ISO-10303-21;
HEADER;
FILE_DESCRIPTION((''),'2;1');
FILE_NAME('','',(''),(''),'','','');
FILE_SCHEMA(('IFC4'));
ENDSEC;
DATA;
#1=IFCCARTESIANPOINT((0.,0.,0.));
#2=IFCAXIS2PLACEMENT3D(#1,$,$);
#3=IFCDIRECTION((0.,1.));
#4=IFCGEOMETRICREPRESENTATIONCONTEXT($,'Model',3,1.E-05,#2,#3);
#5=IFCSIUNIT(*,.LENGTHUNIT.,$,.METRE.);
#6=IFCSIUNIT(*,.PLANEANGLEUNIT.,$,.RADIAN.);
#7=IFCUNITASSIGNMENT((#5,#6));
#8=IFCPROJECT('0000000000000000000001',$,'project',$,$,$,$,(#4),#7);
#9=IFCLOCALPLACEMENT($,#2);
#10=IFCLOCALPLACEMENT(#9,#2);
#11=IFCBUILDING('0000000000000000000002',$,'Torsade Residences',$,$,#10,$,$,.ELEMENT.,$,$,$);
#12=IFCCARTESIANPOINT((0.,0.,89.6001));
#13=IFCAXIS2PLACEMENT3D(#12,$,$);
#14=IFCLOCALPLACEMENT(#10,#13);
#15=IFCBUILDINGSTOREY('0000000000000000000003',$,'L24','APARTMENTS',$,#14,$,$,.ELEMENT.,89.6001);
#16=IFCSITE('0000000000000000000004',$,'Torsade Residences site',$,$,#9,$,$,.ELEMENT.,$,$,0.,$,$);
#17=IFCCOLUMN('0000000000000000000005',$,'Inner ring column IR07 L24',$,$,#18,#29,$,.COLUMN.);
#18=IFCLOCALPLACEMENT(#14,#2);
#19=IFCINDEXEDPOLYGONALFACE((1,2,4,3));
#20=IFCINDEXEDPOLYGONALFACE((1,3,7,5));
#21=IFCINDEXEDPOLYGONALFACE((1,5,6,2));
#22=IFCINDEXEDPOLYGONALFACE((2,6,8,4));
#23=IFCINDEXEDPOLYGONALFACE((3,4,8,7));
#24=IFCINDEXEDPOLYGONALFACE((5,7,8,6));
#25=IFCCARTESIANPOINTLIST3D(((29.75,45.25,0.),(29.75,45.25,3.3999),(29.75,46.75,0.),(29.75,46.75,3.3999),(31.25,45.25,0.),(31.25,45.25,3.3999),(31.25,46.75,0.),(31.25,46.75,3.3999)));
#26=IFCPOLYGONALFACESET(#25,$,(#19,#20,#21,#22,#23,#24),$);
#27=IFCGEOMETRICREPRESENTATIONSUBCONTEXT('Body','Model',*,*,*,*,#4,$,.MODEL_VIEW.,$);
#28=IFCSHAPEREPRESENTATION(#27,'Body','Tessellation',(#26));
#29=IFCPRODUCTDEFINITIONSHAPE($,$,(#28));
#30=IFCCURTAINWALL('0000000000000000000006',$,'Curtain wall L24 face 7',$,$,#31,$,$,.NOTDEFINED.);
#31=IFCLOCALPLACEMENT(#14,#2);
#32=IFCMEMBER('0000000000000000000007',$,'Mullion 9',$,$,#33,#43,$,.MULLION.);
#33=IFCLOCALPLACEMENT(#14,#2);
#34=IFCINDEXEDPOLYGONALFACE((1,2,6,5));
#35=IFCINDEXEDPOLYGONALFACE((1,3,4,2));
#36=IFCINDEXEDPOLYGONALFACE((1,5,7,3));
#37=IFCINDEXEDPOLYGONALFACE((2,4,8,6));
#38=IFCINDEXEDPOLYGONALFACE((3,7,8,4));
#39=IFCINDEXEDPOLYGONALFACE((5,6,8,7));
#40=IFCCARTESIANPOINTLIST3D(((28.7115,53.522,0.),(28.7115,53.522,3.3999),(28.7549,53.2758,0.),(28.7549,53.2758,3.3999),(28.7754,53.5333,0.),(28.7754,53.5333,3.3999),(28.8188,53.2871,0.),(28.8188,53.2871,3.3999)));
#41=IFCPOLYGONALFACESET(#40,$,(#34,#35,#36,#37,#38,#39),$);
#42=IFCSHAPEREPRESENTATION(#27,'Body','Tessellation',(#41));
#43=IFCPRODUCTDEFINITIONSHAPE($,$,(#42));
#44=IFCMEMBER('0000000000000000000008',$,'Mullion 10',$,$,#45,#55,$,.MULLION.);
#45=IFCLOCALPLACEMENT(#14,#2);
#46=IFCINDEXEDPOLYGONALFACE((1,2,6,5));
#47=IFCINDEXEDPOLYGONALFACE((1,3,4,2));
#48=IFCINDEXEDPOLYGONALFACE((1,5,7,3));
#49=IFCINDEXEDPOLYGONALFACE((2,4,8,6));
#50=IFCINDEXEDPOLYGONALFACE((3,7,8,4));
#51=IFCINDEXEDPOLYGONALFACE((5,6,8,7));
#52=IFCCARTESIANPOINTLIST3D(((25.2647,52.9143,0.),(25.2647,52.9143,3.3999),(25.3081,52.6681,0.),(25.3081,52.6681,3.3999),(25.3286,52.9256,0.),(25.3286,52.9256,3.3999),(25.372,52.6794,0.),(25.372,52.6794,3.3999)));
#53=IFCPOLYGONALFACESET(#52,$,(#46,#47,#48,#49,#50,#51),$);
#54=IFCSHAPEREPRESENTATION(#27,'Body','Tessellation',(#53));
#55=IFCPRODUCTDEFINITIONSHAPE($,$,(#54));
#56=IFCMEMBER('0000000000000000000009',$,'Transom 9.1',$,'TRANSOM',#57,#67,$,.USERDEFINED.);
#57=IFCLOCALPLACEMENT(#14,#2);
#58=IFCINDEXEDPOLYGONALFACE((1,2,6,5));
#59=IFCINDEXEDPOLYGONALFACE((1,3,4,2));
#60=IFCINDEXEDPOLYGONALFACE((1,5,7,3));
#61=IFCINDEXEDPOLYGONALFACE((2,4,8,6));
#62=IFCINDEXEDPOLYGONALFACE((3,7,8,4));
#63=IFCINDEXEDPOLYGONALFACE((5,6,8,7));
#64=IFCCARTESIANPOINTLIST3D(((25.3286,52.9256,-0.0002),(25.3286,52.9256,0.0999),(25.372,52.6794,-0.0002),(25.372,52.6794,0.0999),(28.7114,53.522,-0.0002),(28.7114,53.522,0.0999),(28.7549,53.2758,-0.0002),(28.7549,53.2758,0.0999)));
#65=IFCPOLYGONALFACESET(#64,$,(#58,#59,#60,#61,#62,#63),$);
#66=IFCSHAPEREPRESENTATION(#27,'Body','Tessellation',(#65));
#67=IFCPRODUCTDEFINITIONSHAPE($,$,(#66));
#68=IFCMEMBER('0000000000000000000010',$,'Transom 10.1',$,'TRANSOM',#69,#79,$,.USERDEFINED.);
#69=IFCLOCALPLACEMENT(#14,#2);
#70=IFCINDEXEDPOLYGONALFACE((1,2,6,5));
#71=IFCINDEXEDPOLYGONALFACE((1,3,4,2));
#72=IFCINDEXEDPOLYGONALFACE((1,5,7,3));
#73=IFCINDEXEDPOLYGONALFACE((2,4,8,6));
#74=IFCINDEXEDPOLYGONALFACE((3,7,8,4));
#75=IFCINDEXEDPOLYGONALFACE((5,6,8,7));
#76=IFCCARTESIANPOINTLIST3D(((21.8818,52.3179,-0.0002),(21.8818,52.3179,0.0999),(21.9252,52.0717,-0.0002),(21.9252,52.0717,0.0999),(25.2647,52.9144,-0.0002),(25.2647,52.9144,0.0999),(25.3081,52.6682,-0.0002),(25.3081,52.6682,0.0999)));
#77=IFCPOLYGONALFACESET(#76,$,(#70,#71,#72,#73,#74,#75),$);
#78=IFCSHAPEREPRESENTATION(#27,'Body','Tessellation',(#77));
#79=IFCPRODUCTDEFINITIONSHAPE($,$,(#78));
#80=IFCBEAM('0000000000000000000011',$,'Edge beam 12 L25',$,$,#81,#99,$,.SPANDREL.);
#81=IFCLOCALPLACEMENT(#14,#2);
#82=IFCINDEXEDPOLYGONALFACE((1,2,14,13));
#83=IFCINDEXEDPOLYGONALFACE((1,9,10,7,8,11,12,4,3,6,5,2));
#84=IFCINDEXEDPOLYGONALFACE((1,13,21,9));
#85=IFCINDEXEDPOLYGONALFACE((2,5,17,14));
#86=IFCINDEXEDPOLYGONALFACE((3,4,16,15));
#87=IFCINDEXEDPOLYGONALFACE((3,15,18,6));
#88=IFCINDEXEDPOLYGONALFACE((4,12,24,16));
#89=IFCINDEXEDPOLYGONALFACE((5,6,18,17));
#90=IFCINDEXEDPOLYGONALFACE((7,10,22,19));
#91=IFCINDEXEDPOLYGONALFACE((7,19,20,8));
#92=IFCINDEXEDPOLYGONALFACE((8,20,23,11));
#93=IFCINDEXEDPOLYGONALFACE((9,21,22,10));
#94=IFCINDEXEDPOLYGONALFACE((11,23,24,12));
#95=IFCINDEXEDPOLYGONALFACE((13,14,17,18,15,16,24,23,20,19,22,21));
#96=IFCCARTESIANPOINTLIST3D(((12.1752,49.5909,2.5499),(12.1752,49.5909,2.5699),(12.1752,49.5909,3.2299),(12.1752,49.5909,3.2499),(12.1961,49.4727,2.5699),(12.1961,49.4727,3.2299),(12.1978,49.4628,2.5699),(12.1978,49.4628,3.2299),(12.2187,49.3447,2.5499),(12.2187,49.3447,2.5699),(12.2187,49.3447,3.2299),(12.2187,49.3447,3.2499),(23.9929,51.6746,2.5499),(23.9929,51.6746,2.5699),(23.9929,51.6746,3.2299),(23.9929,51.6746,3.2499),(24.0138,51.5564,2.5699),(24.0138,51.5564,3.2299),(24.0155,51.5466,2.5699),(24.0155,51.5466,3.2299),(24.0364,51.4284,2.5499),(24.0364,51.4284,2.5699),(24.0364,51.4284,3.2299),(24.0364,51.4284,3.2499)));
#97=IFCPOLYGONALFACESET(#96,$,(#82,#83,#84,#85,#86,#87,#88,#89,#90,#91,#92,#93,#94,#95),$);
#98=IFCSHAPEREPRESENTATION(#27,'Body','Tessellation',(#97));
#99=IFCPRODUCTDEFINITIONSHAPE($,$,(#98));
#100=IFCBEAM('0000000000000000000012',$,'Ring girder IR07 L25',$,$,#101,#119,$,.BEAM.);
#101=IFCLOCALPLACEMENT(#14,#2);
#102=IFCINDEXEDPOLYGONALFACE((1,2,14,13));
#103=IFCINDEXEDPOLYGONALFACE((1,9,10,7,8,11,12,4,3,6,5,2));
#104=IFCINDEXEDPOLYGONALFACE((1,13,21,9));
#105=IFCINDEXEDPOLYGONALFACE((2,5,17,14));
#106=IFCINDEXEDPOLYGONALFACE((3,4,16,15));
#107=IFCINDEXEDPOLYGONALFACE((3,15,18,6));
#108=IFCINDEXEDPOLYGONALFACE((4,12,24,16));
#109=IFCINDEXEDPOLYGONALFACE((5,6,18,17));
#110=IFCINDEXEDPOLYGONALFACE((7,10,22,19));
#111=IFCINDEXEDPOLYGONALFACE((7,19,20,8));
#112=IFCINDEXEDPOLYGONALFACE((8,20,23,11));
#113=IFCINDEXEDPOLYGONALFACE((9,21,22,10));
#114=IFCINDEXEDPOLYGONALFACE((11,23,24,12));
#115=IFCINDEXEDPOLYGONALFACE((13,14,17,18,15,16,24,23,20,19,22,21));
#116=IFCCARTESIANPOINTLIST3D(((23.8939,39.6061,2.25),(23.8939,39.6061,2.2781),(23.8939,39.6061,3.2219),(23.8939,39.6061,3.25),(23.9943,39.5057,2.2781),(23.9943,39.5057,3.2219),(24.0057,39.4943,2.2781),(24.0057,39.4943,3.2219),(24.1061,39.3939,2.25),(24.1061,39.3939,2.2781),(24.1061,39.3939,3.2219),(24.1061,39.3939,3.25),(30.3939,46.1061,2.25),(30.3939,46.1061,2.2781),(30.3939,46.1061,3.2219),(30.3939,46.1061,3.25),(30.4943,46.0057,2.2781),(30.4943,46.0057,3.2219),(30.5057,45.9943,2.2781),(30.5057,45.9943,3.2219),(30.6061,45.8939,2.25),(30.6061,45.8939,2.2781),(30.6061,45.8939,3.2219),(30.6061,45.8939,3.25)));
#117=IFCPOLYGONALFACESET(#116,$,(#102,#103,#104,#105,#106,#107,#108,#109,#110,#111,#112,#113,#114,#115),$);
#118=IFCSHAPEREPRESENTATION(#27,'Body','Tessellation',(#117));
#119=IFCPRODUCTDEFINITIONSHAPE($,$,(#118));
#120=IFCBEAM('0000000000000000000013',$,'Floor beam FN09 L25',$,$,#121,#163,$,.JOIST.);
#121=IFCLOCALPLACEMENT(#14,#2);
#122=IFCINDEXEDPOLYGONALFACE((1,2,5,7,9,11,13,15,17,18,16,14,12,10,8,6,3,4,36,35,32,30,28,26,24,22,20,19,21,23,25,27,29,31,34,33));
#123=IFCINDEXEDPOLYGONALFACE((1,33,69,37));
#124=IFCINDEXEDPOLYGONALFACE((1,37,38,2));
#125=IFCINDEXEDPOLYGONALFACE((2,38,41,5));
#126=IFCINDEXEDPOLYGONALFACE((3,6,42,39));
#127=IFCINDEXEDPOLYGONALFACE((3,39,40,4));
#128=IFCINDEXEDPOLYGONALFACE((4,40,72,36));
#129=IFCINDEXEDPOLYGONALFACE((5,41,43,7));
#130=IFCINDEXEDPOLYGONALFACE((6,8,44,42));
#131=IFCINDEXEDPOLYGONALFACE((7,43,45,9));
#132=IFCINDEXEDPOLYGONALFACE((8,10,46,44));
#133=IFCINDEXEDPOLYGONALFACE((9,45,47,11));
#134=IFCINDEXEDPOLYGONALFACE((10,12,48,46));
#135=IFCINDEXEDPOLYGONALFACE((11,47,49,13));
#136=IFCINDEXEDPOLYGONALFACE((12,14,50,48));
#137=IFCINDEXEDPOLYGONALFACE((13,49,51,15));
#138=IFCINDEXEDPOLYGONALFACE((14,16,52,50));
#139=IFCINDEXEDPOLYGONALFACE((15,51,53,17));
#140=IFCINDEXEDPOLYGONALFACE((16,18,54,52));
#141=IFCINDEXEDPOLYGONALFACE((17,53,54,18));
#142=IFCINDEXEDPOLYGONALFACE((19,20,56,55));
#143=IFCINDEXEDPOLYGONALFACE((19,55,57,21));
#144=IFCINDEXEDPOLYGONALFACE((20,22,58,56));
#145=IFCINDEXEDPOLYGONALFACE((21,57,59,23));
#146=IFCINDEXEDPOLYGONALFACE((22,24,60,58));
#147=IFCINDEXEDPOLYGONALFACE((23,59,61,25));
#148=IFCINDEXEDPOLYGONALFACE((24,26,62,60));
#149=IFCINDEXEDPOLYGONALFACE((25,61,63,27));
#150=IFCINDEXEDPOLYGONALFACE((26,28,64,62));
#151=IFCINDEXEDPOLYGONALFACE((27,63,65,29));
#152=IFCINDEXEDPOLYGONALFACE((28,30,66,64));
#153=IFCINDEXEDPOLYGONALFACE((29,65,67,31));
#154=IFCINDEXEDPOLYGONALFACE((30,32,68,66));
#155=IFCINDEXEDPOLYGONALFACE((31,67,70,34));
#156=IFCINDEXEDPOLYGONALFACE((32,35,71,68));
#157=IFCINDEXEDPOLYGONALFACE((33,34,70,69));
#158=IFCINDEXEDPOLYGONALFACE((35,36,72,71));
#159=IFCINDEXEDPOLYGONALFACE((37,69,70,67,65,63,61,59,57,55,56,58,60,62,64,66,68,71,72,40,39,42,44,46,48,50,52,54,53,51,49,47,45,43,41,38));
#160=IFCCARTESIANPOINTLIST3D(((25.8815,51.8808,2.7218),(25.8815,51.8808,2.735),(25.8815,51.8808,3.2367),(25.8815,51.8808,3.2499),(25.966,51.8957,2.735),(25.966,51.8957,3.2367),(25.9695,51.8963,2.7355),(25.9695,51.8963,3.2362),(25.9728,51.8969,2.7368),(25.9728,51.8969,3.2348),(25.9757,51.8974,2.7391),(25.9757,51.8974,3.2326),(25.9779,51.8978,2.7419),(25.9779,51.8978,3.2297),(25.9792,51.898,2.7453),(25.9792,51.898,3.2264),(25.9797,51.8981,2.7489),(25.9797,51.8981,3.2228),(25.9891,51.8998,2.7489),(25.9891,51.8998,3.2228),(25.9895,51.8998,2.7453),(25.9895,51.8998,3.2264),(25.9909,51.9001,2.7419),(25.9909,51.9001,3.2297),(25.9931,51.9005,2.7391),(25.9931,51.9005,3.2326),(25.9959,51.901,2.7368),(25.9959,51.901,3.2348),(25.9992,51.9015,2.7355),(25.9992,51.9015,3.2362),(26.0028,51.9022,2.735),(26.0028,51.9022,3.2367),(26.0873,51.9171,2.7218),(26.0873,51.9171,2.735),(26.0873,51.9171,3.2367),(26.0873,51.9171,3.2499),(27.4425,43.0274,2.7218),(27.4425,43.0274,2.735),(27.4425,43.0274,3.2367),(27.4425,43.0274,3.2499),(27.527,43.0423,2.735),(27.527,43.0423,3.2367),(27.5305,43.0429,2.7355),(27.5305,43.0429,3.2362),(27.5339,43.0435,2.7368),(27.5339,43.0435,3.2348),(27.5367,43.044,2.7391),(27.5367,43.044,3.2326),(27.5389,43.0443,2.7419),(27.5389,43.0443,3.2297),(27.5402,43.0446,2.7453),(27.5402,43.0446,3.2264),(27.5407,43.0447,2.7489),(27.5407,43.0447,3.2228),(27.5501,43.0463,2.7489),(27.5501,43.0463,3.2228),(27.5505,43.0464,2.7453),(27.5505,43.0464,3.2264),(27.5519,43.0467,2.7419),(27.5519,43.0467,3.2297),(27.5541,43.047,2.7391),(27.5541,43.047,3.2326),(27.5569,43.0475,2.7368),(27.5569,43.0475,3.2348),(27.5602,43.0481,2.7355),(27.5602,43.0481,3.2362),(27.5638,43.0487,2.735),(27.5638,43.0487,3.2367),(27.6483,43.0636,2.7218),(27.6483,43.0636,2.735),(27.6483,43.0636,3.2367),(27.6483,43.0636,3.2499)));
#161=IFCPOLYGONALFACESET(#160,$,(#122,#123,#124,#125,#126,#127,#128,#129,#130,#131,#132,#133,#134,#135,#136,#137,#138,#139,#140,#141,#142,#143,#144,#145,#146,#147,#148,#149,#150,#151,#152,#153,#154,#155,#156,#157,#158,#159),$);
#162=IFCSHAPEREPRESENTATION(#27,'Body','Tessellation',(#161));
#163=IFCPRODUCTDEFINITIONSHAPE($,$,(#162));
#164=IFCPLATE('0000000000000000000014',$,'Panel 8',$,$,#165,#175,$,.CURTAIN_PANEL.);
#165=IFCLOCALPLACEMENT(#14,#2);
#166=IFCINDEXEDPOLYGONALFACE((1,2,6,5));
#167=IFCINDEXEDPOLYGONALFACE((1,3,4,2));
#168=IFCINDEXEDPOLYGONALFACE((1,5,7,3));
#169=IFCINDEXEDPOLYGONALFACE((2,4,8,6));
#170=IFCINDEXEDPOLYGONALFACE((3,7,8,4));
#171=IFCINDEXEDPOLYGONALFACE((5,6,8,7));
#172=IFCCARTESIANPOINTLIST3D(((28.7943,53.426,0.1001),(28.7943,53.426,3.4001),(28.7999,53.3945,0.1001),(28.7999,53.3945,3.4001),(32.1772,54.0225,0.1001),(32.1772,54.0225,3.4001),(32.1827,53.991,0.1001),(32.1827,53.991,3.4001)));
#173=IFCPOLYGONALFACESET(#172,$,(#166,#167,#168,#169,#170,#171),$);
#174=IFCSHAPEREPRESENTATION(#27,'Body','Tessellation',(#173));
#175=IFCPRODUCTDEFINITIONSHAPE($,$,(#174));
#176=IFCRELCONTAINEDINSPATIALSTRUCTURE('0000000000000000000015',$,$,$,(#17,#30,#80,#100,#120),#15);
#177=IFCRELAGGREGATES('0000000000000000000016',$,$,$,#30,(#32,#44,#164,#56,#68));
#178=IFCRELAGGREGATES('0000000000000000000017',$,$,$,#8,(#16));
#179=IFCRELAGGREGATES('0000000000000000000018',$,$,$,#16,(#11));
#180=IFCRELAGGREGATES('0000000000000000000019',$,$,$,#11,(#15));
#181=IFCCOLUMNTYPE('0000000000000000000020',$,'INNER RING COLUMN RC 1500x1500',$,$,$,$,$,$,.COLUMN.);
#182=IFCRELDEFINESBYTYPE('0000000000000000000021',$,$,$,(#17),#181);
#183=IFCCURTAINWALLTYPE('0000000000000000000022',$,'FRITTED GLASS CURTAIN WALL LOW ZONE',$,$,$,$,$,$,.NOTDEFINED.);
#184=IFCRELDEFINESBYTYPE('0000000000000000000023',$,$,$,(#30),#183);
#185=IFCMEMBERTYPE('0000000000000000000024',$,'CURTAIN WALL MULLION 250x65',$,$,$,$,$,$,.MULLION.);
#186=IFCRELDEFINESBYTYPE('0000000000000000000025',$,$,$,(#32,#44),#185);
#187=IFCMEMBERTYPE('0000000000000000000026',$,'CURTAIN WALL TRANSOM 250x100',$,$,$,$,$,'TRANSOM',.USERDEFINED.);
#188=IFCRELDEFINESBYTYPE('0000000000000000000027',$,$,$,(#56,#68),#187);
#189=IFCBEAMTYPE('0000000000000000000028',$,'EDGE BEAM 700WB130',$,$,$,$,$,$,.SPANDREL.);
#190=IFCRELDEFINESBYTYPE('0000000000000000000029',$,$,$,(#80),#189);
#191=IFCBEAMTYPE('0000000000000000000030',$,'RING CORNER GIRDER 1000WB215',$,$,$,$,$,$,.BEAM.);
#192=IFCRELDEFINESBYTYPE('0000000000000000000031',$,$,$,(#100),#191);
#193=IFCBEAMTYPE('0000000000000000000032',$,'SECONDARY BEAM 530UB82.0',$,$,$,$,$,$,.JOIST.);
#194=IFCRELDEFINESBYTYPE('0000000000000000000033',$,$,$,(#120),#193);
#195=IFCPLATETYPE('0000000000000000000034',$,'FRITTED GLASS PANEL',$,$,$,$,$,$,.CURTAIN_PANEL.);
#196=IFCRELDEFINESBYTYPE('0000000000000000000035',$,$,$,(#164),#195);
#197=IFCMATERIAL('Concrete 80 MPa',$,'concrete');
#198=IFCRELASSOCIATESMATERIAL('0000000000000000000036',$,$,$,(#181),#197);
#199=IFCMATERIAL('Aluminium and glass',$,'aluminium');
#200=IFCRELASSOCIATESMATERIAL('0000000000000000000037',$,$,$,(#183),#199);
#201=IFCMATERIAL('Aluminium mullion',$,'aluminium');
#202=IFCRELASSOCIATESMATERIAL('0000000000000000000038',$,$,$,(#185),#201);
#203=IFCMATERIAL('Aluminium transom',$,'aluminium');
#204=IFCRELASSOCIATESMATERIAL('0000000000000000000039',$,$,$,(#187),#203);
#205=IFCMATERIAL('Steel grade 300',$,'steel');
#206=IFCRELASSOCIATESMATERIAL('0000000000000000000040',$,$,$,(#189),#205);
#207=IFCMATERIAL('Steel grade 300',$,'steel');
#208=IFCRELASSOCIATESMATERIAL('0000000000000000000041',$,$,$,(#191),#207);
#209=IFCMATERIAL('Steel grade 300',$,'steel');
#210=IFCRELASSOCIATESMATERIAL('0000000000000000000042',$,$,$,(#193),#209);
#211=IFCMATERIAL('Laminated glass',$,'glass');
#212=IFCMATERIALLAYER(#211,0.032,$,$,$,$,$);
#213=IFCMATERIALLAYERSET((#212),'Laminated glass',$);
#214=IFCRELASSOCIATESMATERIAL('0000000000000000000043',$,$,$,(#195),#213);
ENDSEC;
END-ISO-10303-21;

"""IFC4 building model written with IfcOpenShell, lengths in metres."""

from ifc_helpers import new_model, si_unit, direction, frame, origin, origin_2d, place, context, subcontext, project, spatial, rectangle, i_section, extrude, material, layer, layer_set, material_profile, profile_set, type_object, element, aggregate, save


model = new_model("IFC4")

# Units and contexts
model_context = context("Model", 3, precision=1e-05, world=origin(), true_north=direction((0.0, 1.0)))
body_context = subcontext(model_context, "Body", "Model", "MODEL_VIEW")
ifc_project = project(units=[si_unit("LENGTHUNIT", "METRE"), si_unit("PLANEANGLEUNIT", "RADIAN")], contexts=[model_context])

# Site, building, storey
site_placement = place(None, origin())
site = spatial("IfcSite", under=ifc_project, at=site_placement, Name="Torsade Residences site", CompositionType="ELEMENT", RefElevation=0.0)
building_placement = place(site_placement, origin())
building = spatial("IfcBuilding", under=site, at=building_placement, Name="Torsade Residences", CompositionType="ELEMENT")
storey_placement = place(building_placement, frame((0.0, 0.0, 89.6001)))
storey = spatial("IfcBuildingStorey", under=building, at=storey_placement, Name="L24", Description="APARTMENTS", CompositionType="ELEMENT", Elevation=89.6001)

# Column
ifc_material_1 = material(Name="Concrete 80 MPa", Category="concrete")
ifc_material_profile_1 = material_profile(ifc_material_1, rectangle(XDim=1.5, YDim=1.5, at=origin_2d()), Name="RC 1500x1500")
ifc_profile_set_1 = profile_set([ifc_material_profile_1], Name="Concrete 80 MPa")
column_type = type_object("IfcColumnType", Name="INNER RING COLUMN RC 1500x1500", PredefinedType="COLUMN", material=ifc_profile_set_1)
column_placement = place(storey_placement, frame((30.5, 46.0, 0.0), z_axis=(0.0, 0.0, 1.0), x_axis=(1.0, 0.0, 0.0)))
element("IfcColumn", 1, at=column_placement, inside=storey, type_object=column_type, Name="Inner ring column IR07 L24", PredefinedType="COLUMN", context=body_context, shape_type="SweptSolid", body=[
    extrude(rectangle(XDim=1.5, YDim=1.5, at=origin_2d()), origin(), (0.0, 0.0, 1.0), 3.3999),
])

# Curtain wall, members
ifc_material_2 = material(Name="Aluminium and glass", Category="aluminium")
curtain_wall_type = type_object("IfcCurtainWallType", Name="FRITTED GLASS CURTAIN WALL LOW ZONE", PredefinedType="NOTDEFINED", material=ifc_material_2)
curtain_wall_placement = place(storey_placement, origin())
curtain_wall = element("IfcCurtainWall", 2, at=curtain_wall_placement, inside=storey, type_object=curtain_wall_type, Name="Curtain wall L24 face 7", PredefinedType="NOTDEFINED")
ifc_material_3 = material(Name="Aluminium mullion", Category="aluminium")
ifc_material_profile_2 = material_profile(ifc_material_3, rectangle(XDim=0.25, YDim=0.0649, at=origin_2d()), Name="CURTAIN WALL MULLION 250x65")
ifc_profile_set_2 = profile_set([ifc_material_profile_2], Name="Aluminium mullion")
member_type_1 = type_object("IfcMemberType", Name="CURTAIN WALL MULLION 250x65", PredefinedType="MULLION", material=ifc_profile_set_2)
member_1_placement = place(storey_placement, frame((28.7651, 53.4045, 0.0), z_axis=(0.0, 0.0, 1.0), x_axis=(0.173648, -0.984808, 0.0)))
member_1 = element("IfcMember", 3, at=member_1_placement, type_object=member_type_1, Name="Mullion 9", PredefinedType="MULLION", context=body_context, shape_type="SweptSolid", body=[
    extrude(rectangle(XDim=0.25, YDim=0.0649, at=origin_2d()), origin(), (0.0, 0.0, 1.0), 3.3999),
])
member_2_placement = place(storey_placement, frame((25.3184, 52.7969, 0.0), z_axis=(0.0, 0.0, 1.0), x_axis=(0.173648, -0.984808, 0.0)))
member_2 = element("IfcMember", 4, at=member_2_placement, type_object=member_type_1, Name="Mullion 10", PredefinedType="MULLION", context=body_context, shape_type="SweptSolid", body=[
    extrude(rectangle(XDim=0.25, YDim=0.0649, at=origin_2d()), origin(), (0.0, 0.0, 1.0), 3.3999),
])
ifc_material_4 = material(Name="Aluminium transom", Category="aluminium")
ifc_material_profile_3 = material_profile(ifc_material_4, rectangle(XDim=0.25, YDim=0.1001, at=origin_2d()), Name="CURTAIN WALL TRANSOM 250x100")
ifc_profile_set_3 = profile_set([ifc_material_profile_3], Name="Aluminium transom")
member_type_2 = type_object("IfcMemberType", Name="CURTAIN WALL TRANSOM 250x100", ElementType="TRANSOM", PredefinedType="USERDEFINED", material=ifc_profile_set_3)
member_3_placement = place(storey_placement, frame((28.7332, 53.3989, 0.0498), z_axis=(-0.98481, -0.173635, 0.0), x_axis=(0.173635, -0.98481, 0.0)))
member_3 = element("IfcMember", 5, at=member_3_placement, type_object=member_type_2, Name="Transom 9.1", ObjectType="TRANSOM", PredefinedType="USERDEFINED", context=body_context, shape_type="SweptSolid", body=[
    extrude(rectangle(XDim=0.25, YDim=0.1001, at=origin_2d()), origin(), (0.0, 0.0, 1.0), 3.4351),
])
member_4_placement = place(storey_placement, frame((25.2864, 52.7913, 0.0498), z_axis=(-0.98481, -0.173635, 0.0), x_axis=(0.173635, -0.98481, 0.0)))
member_4 = element("IfcMember", 6, at=member_4_placement, type_object=member_type_2, Name="Transom 10.1", ObjectType="TRANSOM", PredefinedType="USERDEFINED", context=body_context, shape_type="SweptSolid", body=[
    extrude(rectangle(XDim=0.25, YDim=0.1001, at=origin_2d()), origin(), (0.0, 0.0, 1.0), 3.4351),
])

# Beams
ifc_material_5 = material(Name="Steel grade 300", Category="steel")
ifc_material_profile_4 = material_profile(ifc_material_5, i_section(OverallWidth=0.25, OverallDepth=0.7, WebThickness=0.01, FlangeThickness=0.02, at=origin_2d()), Name="700WB130")
ifc_profile_set_4 = profile_set([ifc_material_profile_4], Name="Steel grade 300")
beam_type_1 = type_object("IfcBeamType", Name="EDGE BEAM 700WB130", PredefinedType="SPANDREL", material=ifc_profile_set_4)
beam_1_placement = place(storey_placement, frame((24.0146, 51.5515, 2.8999), z_axis=(-0.984808, -0.173646, 0.0), x_axis=(0.173646, -0.984808, 0.0)))
element("IfcBeam", 7, at=beam_1_placement, inside=storey, type_object=beam_type_1, Name="Edge beam 12 L25", PredefinedType="SPANDREL", context=body_context, shape_type="SweptSolid", body=[
    extrude(i_section(OverallWidth=0.25, OverallDepth=0.7, WebThickness=0.01, FlangeThickness=0.02, at=origin_2d()), origin(), (0.0, 0.0, 1.0), 12.0),
])
ifc_material_6 = material(Name="Steel grade 300", Category="steel")
ifc_material_profile_5 = material_profile(ifc_material_6, i_section(OverallWidth=0.3, OverallDepth=1.0, WebThickness=0.0161, FlangeThickness=0.0281, at=origin_2d()), Name="1000WB215")
ifc_profile_set_5 = profile_set([ifc_material_profile_5], Name="Steel grade 300")
beam_type_2 = type_object("IfcBeamType", Name="RING CORNER GIRDER 1000WB215", PredefinedType="BEAM", material=ifc_profile_set_5)
beam_2_placement = place(storey_placement, frame((30.5, 46.0, 2.75), z_axis=(-0.707107, -0.707107, 0.0), x_axis=(0.707107, -0.707107, 0.0)))
element("IfcBeam", 8, at=beam_2_placement, inside=storey, type_object=beam_type_2, Name="Ring girder IR07 L25", PredefinedType="BEAM", context=body_context, shape_type="SweptSolid", body=[
    extrude(i_section(OverallWidth=0.3, OverallDepth=1.0, WebThickness=0.0161, FlangeThickness=0.0281, at=origin_2d()), origin(), (0.0, 0.0, 1.0), 9.1924),
])
ifc_material_7 = material(Name="Steel grade 300", Category="steel")
ifc_material_profile_6 = material_profile(ifc_material_7, i_section(OverallWidth=0.209, OverallDepth=0.5281, WebThickness=0.0095, FlangeThickness=0.0132, FilletRadius=0.0139, at=origin_2d()), Name="530UB82.0")
ifc_profile_set_6 = profile_set([ifc_material_profile_6], Name="Steel grade 300")
beam_type_3 = type_object("IfcBeamType", Name="SECONDARY BEAM 530UB82.0", PredefinedType="JOIST", material=ifc_profile_set_6)
beam_3_placement = place(storey_placement, frame((25.9844, 51.8989, 2.9858), z_axis=(0.17364, -0.984809, 0.0), x_axis=(0.984809, 0.17364, 0.0)))
element("IfcBeam", 9, at=beam_3_placement, inside=storey, type_object=beam_type_3, Name="Floor beam FN09 L25", PredefinedType="JOIST", context=body_context, shape_type="SweptSolid", body=[
    extrude(i_section(OverallWidth=0.209, OverallDepth=0.5281, WebThickness=0.0095, FlangeThickness=0.0132, FilletRadius=0.0139, at=origin_2d()), origin(), (0.0, 0.0, 1.0), 8.99),
])

# Plate
ifc_material_8 = material(Name="Laminated glass", Category="glass")
ifc_layer_1 = layer(ifc_material_8, 0.032)
ifc_layer_set_1 = layer_set([ifc_layer_1], Name="Laminated glass")
plate_type = type_object("IfcPlateType", Name="FRITTED GLASS PANEL", PredefinedType="CURTAIN_PANEL", material=ifc_layer_set_1)
plate_1_placement = place(storey_placement, frame((30.4885, 53.7085, 0.1001), z_axis=(0.0, 0.0, 1.0), x_axis=(-0.984808, -0.173648, 0.0)))
plate_1 = element("IfcPlate", 10, at=plate_1_placement, type_object=plate_type, Name="Panel 8", PredefinedType="CURTAIN_PANEL", context=body_context, shape_type="SweptSolid", body=[
    extrude(rectangle(XDim=3.4351, YDim=0.032, at=origin_2d()), origin(), (0.0, 0.0, 1.0), 3.3),
])
aggregate(curtain_wall, [member_1, member_2, plate_1, member_3, member_4])

save(model, "model.ifc")
